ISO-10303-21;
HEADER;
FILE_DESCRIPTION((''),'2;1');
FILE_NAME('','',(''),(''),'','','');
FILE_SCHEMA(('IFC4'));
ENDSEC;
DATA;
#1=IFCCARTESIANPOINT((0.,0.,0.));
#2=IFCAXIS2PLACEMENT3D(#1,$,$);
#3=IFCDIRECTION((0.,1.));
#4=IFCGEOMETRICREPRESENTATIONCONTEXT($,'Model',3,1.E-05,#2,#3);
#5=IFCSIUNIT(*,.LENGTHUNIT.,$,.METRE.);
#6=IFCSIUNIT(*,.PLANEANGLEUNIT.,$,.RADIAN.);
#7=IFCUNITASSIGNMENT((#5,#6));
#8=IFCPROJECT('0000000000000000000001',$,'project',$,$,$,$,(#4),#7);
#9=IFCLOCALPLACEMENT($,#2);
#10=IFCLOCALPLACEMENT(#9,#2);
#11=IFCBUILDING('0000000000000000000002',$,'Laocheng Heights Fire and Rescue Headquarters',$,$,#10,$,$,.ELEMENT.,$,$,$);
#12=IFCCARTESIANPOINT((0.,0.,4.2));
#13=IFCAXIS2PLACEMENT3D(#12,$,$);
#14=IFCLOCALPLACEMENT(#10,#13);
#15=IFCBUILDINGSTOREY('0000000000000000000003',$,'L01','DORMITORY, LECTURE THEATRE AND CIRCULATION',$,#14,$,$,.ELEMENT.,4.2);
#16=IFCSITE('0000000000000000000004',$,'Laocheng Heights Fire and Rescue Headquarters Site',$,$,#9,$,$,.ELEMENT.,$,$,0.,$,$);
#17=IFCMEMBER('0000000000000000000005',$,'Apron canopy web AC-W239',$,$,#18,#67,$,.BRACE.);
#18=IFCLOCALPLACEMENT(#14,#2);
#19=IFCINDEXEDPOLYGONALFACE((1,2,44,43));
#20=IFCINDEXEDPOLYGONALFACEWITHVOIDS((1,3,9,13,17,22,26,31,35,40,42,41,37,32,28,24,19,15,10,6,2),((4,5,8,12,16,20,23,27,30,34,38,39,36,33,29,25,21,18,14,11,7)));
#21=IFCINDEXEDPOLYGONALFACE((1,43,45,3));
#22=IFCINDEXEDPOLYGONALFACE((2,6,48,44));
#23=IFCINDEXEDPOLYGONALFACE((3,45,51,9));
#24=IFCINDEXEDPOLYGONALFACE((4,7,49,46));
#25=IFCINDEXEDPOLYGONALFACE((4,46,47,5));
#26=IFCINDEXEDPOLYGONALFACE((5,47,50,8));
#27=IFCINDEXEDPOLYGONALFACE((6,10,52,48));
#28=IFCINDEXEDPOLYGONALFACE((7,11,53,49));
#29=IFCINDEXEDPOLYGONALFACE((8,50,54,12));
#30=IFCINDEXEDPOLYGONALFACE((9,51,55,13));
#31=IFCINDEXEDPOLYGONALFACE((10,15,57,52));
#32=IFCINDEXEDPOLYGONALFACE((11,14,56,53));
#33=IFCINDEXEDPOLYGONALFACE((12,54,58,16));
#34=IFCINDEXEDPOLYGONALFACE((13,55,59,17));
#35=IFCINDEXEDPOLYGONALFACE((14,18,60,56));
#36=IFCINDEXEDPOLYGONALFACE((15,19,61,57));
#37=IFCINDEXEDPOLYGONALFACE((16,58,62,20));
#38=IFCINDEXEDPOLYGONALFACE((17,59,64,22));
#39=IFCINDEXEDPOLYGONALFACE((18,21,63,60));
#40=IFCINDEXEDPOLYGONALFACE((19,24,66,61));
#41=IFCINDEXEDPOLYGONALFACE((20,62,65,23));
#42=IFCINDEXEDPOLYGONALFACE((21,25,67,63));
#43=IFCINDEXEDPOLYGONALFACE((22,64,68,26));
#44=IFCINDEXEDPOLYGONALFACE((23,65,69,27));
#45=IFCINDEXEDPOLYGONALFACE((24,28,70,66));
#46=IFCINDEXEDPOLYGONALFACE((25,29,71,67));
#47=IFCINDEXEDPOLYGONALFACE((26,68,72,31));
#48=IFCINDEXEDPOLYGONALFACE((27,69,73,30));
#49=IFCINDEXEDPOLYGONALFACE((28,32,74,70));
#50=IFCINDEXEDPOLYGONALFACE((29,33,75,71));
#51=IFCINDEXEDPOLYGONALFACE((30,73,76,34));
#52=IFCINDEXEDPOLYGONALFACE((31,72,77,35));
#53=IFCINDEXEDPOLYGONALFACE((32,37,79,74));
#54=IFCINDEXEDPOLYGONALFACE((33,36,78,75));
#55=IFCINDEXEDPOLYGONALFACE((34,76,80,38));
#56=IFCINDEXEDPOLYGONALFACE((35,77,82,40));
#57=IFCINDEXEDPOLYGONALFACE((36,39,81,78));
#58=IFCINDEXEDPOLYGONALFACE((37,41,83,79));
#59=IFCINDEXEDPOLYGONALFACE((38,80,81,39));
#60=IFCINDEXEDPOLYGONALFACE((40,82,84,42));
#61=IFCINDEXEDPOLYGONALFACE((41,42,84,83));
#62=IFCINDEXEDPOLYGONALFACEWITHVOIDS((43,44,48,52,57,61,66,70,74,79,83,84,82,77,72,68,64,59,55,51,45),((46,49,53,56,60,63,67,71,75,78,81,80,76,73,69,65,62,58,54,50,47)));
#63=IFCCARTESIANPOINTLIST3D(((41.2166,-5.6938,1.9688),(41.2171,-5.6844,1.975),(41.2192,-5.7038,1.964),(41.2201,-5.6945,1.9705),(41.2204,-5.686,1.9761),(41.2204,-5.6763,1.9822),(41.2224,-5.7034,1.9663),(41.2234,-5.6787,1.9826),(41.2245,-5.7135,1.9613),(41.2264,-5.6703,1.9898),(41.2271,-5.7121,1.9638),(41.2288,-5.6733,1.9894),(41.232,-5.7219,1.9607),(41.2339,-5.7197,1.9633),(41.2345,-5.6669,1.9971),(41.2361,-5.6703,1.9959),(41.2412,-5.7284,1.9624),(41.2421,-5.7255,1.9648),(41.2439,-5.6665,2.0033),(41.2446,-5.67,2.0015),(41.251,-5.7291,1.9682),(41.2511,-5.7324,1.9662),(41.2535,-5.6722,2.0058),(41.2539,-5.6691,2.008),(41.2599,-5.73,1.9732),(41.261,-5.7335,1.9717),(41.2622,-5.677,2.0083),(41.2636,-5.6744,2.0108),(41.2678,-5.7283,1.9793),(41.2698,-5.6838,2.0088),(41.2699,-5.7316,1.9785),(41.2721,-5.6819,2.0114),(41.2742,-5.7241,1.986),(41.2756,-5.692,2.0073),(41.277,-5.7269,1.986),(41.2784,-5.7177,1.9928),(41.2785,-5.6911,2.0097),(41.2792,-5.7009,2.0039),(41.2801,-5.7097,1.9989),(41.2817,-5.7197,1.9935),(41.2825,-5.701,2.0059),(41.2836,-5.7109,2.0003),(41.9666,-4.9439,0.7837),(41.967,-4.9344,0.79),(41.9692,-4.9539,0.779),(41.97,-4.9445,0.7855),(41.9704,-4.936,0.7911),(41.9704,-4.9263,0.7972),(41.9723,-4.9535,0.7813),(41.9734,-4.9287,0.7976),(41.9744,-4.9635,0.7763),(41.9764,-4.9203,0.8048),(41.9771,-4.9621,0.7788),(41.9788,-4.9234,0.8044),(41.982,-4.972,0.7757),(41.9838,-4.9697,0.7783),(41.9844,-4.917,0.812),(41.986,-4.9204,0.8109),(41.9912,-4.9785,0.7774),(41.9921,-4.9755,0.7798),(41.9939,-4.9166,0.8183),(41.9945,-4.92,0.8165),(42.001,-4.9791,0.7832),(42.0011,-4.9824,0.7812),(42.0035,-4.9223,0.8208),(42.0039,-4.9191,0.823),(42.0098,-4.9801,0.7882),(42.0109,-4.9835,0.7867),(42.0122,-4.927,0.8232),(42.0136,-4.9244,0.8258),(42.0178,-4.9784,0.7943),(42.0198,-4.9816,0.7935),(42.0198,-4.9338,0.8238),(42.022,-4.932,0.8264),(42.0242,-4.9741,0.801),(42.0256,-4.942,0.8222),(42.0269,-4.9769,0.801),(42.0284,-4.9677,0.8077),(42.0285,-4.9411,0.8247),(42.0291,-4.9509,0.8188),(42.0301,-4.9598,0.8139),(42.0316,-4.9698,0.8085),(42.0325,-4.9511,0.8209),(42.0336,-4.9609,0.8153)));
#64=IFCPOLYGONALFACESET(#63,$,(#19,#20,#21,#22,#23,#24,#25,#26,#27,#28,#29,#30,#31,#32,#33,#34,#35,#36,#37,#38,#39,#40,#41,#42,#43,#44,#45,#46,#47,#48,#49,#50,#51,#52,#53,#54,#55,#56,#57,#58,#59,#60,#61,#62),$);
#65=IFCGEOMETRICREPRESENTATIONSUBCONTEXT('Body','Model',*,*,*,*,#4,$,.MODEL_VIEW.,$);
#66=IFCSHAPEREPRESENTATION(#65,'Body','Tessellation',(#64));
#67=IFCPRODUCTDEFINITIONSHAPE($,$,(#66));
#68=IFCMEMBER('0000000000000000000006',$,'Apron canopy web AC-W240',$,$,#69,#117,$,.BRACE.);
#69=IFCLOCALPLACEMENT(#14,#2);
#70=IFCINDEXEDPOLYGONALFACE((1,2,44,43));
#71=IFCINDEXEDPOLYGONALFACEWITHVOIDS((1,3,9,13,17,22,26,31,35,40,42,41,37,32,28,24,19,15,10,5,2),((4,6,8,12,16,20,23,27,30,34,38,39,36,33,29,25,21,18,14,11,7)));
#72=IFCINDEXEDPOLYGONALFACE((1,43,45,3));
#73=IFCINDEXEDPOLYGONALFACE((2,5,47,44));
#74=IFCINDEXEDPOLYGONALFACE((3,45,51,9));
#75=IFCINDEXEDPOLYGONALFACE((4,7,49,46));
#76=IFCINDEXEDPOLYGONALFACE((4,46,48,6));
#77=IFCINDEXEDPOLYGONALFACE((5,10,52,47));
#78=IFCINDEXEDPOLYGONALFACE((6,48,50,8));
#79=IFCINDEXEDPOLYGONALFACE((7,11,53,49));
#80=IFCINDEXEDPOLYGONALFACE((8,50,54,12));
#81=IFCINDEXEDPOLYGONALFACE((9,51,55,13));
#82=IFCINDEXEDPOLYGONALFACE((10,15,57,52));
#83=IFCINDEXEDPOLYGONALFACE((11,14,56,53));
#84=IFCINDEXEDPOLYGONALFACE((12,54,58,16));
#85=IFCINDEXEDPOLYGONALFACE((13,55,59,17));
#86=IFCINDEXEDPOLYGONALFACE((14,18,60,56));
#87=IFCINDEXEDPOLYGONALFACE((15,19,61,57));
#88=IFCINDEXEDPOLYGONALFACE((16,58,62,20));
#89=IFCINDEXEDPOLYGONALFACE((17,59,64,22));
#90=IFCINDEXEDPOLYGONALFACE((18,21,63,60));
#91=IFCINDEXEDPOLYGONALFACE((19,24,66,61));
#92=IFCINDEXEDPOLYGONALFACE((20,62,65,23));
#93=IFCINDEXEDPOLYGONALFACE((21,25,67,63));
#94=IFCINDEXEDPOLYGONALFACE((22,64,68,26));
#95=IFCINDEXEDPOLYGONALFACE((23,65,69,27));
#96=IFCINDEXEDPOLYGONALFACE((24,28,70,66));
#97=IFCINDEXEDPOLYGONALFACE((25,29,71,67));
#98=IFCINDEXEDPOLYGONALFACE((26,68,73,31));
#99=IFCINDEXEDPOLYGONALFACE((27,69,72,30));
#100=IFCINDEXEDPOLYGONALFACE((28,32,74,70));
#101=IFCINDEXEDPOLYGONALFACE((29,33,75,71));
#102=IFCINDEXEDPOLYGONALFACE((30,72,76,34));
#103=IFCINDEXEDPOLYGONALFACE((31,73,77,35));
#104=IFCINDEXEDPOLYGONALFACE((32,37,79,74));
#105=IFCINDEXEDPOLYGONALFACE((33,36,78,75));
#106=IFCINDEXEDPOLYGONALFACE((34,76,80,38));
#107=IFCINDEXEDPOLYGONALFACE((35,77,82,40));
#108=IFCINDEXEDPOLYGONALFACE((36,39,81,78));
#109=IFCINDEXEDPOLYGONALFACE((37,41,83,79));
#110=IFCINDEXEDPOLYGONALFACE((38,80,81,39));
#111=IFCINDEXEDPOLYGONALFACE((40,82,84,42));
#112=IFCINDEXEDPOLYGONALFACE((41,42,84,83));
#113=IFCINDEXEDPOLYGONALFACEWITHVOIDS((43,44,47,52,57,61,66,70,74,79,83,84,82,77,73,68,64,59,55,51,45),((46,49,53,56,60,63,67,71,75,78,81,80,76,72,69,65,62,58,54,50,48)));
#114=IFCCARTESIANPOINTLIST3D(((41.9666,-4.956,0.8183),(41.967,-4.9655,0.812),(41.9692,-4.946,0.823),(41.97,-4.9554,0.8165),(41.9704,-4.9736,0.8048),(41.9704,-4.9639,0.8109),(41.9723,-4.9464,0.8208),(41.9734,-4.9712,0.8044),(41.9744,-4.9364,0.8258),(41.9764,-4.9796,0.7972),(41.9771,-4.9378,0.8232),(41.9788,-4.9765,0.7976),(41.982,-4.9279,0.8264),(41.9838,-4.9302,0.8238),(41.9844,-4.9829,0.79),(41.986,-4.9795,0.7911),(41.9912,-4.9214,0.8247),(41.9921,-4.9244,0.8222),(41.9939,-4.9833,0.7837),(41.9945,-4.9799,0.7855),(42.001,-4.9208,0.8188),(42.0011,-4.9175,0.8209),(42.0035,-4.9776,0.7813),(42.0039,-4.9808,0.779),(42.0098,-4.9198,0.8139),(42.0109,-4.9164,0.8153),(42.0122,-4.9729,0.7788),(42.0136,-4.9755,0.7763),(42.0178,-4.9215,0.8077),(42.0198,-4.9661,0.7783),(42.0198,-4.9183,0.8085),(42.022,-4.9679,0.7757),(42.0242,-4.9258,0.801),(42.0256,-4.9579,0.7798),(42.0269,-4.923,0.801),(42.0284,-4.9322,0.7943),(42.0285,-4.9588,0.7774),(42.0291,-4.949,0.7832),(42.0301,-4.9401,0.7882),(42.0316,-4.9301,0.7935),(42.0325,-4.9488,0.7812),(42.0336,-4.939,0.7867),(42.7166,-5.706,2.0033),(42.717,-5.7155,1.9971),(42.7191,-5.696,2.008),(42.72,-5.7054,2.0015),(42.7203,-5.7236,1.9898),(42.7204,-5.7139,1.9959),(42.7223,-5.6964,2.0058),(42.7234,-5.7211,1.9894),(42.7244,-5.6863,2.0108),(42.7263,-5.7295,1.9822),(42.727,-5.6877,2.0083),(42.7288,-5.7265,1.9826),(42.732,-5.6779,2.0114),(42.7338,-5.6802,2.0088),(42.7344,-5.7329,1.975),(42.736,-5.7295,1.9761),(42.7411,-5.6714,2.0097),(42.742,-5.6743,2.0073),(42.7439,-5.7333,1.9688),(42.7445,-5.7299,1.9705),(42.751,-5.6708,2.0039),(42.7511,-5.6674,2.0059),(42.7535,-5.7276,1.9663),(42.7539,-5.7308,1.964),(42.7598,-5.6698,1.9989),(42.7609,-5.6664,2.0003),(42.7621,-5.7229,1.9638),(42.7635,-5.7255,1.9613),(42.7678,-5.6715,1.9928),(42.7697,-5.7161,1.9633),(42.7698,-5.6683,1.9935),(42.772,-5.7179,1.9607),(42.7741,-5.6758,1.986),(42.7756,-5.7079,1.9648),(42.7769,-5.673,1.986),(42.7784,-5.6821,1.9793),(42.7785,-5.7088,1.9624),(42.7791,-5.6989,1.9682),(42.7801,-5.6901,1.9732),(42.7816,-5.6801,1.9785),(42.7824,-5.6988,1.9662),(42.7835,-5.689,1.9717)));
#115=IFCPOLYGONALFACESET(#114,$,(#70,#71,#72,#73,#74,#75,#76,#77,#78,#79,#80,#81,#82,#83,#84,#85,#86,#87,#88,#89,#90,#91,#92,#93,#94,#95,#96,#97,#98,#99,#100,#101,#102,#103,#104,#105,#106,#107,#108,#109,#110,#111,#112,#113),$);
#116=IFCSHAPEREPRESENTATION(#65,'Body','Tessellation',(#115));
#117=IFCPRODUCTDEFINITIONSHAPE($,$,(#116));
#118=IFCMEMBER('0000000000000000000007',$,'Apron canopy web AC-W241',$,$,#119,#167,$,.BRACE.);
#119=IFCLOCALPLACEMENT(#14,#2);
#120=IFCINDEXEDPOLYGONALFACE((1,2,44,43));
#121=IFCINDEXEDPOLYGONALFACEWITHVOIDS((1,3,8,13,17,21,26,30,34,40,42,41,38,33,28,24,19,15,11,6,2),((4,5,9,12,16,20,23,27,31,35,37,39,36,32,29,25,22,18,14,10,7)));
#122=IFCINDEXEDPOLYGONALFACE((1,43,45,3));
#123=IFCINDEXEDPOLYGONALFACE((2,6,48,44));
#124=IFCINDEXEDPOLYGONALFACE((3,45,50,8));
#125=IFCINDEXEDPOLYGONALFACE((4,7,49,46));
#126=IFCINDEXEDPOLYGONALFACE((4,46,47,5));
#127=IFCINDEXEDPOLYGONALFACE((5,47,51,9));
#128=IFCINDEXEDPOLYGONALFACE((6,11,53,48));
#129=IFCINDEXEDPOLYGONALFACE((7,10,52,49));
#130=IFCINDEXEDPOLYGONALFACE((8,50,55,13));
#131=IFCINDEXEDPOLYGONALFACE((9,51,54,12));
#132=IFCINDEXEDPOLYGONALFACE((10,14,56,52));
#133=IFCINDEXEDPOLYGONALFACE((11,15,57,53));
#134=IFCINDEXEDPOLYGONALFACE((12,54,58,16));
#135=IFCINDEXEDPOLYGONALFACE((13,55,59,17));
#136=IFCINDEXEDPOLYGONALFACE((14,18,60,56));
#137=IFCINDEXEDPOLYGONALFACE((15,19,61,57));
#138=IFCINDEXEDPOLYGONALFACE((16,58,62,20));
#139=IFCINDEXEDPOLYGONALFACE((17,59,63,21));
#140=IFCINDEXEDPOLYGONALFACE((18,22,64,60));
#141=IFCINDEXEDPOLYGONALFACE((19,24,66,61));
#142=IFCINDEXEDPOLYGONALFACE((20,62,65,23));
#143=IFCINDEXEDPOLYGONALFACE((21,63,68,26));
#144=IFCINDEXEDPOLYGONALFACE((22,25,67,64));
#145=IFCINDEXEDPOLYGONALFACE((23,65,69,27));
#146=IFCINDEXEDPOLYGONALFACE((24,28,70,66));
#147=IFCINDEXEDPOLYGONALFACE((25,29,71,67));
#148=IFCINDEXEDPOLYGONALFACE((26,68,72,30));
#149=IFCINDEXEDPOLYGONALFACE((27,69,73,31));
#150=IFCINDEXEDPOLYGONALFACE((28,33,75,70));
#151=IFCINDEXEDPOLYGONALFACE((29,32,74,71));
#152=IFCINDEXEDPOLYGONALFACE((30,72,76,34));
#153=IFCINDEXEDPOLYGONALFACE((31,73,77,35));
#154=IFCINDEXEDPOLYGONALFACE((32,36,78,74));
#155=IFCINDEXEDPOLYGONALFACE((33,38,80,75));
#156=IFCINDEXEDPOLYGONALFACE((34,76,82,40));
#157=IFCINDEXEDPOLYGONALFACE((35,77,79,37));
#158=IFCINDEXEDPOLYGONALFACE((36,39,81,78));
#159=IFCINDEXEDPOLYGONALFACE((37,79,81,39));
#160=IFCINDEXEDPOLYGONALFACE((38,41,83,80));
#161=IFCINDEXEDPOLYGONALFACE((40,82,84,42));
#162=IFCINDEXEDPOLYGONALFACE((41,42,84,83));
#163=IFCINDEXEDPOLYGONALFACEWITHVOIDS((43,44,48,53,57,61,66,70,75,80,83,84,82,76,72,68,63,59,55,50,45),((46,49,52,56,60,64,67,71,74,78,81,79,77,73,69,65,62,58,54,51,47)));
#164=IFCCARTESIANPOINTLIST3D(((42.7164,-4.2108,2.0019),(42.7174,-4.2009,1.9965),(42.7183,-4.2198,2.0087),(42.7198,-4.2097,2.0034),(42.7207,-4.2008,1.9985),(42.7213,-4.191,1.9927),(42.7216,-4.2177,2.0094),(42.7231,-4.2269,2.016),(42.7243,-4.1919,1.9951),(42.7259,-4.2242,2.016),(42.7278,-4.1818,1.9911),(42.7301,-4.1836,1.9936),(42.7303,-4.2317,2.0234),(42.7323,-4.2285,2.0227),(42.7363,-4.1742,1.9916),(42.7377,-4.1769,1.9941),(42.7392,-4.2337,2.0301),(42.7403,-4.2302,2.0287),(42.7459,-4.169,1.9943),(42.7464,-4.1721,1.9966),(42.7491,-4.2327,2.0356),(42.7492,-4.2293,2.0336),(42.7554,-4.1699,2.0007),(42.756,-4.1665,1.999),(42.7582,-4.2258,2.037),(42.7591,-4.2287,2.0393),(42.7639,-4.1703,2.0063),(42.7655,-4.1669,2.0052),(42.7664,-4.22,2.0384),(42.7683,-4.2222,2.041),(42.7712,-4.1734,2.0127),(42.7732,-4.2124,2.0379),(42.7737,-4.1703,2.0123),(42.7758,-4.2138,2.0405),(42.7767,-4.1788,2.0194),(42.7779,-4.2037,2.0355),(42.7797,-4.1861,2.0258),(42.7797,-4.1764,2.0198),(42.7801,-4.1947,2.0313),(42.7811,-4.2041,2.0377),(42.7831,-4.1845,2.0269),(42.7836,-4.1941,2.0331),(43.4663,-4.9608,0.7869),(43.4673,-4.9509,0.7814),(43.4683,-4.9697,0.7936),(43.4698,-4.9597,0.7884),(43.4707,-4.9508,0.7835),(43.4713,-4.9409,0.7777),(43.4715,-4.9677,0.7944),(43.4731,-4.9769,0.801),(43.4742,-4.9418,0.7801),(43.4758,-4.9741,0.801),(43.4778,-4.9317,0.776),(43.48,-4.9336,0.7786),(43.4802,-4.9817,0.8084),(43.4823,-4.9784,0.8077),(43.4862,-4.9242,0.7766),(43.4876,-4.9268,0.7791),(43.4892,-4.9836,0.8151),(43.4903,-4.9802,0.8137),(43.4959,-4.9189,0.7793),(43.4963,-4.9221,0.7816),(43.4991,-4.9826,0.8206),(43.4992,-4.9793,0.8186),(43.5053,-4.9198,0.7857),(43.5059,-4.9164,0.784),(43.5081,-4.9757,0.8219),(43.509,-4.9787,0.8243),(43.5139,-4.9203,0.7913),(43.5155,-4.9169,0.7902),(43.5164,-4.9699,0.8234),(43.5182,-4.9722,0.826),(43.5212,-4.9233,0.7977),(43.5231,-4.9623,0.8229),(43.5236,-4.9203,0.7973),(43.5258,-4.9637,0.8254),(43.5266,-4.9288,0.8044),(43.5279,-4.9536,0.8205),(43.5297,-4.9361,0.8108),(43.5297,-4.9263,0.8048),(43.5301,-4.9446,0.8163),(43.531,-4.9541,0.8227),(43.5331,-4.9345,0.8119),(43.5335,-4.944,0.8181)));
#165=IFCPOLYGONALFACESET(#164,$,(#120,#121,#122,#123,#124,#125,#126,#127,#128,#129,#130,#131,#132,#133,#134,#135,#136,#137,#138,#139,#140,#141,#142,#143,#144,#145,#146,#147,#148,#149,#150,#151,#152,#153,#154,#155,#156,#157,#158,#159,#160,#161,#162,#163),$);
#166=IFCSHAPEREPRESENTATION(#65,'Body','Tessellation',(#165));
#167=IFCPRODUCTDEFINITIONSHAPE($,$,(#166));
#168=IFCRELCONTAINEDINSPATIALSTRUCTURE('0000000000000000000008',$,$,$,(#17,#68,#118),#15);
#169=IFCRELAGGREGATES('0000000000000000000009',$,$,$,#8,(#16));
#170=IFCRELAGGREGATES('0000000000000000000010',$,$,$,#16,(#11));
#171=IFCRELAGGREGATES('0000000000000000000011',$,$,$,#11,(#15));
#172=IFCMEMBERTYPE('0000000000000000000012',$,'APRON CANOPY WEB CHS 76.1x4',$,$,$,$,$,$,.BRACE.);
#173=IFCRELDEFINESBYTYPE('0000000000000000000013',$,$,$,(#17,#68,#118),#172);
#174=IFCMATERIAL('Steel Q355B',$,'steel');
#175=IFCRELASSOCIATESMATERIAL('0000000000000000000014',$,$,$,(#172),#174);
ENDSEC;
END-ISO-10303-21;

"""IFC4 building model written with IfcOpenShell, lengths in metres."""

from ifc_helpers import new_model, si_unit, direction, frame, origin, origin_2d, place, context, subcontext, project, spatial, hollow_circle, extrude, material, material_profile, profile_set, type_object, element, save


model = new_model("IFC4")

# Units and contexts
model_context = context("Model", 3, precision=1e-05, world=origin(), true_north=direction((0.0, 1.0)))
body_context = subcontext(model_context, "Body", "Model", "MODEL_VIEW")
ifc_project = project(units=[si_unit("LENGTHUNIT", "METRE"), si_unit("PLANEANGLEUNIT", "RADIAN")], contexts=[model_context])

# Site, building, storey
site_placement = place(None, origin())
site = spatial("IfcSite", under=ifc_project, at=site_placement, Name="Laocheng Heights Fire and Rescue Headquarters Site", CompositionType="ELEMENT", RefElevation=0.0)
building_placement = place(site_placement, origin())
building = spatial("IfcBuilding", under=site, at=building_placement, Name="Laocheng Heights Fire and Rescue Headquarters", CompositionType="ELEMENT")
storey_placement = place(building_placement, frame((0.0, 0.0, 4.2)))
storey = spatial("IfcBuildingStorey", under=building, at=storey_placement, Name="L01", Description="DORMITORY, LECTURE THEATRE AND CIRCULATION", CompositionType="ELEMENT", Elevation=4.2)

# Members
ifc_material_1 = material(Name="Steel Q355B", Category="steel")
ifc_material_profile_1 = material_profile(ifc_material_1, hollow_circle(Radius=0.0381, WallThickness=0.0039, at=origin_2d()), Name="CHS 76.1x4")
ifc_profile_set_1 = profile_set([ifc_material_profile_1], Name="Steel Q355B")
member_type_1 = type_object("IfcMemberType", Name="APRON CANOPY WEB CHS 76.1x4", PredefinedType="BRACE", material=ifc_profile_set_1)
for number, where, z_axis, x_axis, name in (
    (1, (42.0, -4.95, 0.801), (-0.47158, -0.47158, 0.745134), (0.707107, -0.707107, 0.0), "Apron canopy web AC-W239"),
    (2, (42.0, -4.95, 0.801), (0.47158, -0.47158, 0.745134), (0.707107, 0.707107, 0.0), "Apron canopy web AC-W240"),
):
    element("IfcMember", number, at=place(storey_placement, frame(where, z_axis=z_axis, x_axis=x_axis)), inside=storey, type_object=member_type_1, Name=name, PredefinedType="BRACE", context=body_context, shape_type="SweptSolid", body=[
        extrude(hollow_circle(Radius=0.0381, WallThickness=0.0039, at=origin_2d()), origin(), (0.0, 0.0, 1.0), 1.5903),
    ])
for number, where, z_axis, x_axis, name in (
    (3, (43.5, -4.95, 0.801), (-0.465002, 0.465002, 0.753357), (-0.707107, -0.707107, 0.0), "Apron canopy web AC-W241"),
):
    element("IfcMember", number, at=place(storey_placement, frame(where, z_axis=z_axis, x_axis=x_axis)), inside=storey, type_object=member_type_1, Name=name, PredefinedType="BRACE", context=body_context, shape_type="SweptSolid", body=[
        extrude(hollow_circle(Radius=0.0381, WallThickness=0.0039, at=origin_2d()), origin(), (0.0, 0.0, 1.0), 1.6128),
    ])

save(model, "model.ifc")
